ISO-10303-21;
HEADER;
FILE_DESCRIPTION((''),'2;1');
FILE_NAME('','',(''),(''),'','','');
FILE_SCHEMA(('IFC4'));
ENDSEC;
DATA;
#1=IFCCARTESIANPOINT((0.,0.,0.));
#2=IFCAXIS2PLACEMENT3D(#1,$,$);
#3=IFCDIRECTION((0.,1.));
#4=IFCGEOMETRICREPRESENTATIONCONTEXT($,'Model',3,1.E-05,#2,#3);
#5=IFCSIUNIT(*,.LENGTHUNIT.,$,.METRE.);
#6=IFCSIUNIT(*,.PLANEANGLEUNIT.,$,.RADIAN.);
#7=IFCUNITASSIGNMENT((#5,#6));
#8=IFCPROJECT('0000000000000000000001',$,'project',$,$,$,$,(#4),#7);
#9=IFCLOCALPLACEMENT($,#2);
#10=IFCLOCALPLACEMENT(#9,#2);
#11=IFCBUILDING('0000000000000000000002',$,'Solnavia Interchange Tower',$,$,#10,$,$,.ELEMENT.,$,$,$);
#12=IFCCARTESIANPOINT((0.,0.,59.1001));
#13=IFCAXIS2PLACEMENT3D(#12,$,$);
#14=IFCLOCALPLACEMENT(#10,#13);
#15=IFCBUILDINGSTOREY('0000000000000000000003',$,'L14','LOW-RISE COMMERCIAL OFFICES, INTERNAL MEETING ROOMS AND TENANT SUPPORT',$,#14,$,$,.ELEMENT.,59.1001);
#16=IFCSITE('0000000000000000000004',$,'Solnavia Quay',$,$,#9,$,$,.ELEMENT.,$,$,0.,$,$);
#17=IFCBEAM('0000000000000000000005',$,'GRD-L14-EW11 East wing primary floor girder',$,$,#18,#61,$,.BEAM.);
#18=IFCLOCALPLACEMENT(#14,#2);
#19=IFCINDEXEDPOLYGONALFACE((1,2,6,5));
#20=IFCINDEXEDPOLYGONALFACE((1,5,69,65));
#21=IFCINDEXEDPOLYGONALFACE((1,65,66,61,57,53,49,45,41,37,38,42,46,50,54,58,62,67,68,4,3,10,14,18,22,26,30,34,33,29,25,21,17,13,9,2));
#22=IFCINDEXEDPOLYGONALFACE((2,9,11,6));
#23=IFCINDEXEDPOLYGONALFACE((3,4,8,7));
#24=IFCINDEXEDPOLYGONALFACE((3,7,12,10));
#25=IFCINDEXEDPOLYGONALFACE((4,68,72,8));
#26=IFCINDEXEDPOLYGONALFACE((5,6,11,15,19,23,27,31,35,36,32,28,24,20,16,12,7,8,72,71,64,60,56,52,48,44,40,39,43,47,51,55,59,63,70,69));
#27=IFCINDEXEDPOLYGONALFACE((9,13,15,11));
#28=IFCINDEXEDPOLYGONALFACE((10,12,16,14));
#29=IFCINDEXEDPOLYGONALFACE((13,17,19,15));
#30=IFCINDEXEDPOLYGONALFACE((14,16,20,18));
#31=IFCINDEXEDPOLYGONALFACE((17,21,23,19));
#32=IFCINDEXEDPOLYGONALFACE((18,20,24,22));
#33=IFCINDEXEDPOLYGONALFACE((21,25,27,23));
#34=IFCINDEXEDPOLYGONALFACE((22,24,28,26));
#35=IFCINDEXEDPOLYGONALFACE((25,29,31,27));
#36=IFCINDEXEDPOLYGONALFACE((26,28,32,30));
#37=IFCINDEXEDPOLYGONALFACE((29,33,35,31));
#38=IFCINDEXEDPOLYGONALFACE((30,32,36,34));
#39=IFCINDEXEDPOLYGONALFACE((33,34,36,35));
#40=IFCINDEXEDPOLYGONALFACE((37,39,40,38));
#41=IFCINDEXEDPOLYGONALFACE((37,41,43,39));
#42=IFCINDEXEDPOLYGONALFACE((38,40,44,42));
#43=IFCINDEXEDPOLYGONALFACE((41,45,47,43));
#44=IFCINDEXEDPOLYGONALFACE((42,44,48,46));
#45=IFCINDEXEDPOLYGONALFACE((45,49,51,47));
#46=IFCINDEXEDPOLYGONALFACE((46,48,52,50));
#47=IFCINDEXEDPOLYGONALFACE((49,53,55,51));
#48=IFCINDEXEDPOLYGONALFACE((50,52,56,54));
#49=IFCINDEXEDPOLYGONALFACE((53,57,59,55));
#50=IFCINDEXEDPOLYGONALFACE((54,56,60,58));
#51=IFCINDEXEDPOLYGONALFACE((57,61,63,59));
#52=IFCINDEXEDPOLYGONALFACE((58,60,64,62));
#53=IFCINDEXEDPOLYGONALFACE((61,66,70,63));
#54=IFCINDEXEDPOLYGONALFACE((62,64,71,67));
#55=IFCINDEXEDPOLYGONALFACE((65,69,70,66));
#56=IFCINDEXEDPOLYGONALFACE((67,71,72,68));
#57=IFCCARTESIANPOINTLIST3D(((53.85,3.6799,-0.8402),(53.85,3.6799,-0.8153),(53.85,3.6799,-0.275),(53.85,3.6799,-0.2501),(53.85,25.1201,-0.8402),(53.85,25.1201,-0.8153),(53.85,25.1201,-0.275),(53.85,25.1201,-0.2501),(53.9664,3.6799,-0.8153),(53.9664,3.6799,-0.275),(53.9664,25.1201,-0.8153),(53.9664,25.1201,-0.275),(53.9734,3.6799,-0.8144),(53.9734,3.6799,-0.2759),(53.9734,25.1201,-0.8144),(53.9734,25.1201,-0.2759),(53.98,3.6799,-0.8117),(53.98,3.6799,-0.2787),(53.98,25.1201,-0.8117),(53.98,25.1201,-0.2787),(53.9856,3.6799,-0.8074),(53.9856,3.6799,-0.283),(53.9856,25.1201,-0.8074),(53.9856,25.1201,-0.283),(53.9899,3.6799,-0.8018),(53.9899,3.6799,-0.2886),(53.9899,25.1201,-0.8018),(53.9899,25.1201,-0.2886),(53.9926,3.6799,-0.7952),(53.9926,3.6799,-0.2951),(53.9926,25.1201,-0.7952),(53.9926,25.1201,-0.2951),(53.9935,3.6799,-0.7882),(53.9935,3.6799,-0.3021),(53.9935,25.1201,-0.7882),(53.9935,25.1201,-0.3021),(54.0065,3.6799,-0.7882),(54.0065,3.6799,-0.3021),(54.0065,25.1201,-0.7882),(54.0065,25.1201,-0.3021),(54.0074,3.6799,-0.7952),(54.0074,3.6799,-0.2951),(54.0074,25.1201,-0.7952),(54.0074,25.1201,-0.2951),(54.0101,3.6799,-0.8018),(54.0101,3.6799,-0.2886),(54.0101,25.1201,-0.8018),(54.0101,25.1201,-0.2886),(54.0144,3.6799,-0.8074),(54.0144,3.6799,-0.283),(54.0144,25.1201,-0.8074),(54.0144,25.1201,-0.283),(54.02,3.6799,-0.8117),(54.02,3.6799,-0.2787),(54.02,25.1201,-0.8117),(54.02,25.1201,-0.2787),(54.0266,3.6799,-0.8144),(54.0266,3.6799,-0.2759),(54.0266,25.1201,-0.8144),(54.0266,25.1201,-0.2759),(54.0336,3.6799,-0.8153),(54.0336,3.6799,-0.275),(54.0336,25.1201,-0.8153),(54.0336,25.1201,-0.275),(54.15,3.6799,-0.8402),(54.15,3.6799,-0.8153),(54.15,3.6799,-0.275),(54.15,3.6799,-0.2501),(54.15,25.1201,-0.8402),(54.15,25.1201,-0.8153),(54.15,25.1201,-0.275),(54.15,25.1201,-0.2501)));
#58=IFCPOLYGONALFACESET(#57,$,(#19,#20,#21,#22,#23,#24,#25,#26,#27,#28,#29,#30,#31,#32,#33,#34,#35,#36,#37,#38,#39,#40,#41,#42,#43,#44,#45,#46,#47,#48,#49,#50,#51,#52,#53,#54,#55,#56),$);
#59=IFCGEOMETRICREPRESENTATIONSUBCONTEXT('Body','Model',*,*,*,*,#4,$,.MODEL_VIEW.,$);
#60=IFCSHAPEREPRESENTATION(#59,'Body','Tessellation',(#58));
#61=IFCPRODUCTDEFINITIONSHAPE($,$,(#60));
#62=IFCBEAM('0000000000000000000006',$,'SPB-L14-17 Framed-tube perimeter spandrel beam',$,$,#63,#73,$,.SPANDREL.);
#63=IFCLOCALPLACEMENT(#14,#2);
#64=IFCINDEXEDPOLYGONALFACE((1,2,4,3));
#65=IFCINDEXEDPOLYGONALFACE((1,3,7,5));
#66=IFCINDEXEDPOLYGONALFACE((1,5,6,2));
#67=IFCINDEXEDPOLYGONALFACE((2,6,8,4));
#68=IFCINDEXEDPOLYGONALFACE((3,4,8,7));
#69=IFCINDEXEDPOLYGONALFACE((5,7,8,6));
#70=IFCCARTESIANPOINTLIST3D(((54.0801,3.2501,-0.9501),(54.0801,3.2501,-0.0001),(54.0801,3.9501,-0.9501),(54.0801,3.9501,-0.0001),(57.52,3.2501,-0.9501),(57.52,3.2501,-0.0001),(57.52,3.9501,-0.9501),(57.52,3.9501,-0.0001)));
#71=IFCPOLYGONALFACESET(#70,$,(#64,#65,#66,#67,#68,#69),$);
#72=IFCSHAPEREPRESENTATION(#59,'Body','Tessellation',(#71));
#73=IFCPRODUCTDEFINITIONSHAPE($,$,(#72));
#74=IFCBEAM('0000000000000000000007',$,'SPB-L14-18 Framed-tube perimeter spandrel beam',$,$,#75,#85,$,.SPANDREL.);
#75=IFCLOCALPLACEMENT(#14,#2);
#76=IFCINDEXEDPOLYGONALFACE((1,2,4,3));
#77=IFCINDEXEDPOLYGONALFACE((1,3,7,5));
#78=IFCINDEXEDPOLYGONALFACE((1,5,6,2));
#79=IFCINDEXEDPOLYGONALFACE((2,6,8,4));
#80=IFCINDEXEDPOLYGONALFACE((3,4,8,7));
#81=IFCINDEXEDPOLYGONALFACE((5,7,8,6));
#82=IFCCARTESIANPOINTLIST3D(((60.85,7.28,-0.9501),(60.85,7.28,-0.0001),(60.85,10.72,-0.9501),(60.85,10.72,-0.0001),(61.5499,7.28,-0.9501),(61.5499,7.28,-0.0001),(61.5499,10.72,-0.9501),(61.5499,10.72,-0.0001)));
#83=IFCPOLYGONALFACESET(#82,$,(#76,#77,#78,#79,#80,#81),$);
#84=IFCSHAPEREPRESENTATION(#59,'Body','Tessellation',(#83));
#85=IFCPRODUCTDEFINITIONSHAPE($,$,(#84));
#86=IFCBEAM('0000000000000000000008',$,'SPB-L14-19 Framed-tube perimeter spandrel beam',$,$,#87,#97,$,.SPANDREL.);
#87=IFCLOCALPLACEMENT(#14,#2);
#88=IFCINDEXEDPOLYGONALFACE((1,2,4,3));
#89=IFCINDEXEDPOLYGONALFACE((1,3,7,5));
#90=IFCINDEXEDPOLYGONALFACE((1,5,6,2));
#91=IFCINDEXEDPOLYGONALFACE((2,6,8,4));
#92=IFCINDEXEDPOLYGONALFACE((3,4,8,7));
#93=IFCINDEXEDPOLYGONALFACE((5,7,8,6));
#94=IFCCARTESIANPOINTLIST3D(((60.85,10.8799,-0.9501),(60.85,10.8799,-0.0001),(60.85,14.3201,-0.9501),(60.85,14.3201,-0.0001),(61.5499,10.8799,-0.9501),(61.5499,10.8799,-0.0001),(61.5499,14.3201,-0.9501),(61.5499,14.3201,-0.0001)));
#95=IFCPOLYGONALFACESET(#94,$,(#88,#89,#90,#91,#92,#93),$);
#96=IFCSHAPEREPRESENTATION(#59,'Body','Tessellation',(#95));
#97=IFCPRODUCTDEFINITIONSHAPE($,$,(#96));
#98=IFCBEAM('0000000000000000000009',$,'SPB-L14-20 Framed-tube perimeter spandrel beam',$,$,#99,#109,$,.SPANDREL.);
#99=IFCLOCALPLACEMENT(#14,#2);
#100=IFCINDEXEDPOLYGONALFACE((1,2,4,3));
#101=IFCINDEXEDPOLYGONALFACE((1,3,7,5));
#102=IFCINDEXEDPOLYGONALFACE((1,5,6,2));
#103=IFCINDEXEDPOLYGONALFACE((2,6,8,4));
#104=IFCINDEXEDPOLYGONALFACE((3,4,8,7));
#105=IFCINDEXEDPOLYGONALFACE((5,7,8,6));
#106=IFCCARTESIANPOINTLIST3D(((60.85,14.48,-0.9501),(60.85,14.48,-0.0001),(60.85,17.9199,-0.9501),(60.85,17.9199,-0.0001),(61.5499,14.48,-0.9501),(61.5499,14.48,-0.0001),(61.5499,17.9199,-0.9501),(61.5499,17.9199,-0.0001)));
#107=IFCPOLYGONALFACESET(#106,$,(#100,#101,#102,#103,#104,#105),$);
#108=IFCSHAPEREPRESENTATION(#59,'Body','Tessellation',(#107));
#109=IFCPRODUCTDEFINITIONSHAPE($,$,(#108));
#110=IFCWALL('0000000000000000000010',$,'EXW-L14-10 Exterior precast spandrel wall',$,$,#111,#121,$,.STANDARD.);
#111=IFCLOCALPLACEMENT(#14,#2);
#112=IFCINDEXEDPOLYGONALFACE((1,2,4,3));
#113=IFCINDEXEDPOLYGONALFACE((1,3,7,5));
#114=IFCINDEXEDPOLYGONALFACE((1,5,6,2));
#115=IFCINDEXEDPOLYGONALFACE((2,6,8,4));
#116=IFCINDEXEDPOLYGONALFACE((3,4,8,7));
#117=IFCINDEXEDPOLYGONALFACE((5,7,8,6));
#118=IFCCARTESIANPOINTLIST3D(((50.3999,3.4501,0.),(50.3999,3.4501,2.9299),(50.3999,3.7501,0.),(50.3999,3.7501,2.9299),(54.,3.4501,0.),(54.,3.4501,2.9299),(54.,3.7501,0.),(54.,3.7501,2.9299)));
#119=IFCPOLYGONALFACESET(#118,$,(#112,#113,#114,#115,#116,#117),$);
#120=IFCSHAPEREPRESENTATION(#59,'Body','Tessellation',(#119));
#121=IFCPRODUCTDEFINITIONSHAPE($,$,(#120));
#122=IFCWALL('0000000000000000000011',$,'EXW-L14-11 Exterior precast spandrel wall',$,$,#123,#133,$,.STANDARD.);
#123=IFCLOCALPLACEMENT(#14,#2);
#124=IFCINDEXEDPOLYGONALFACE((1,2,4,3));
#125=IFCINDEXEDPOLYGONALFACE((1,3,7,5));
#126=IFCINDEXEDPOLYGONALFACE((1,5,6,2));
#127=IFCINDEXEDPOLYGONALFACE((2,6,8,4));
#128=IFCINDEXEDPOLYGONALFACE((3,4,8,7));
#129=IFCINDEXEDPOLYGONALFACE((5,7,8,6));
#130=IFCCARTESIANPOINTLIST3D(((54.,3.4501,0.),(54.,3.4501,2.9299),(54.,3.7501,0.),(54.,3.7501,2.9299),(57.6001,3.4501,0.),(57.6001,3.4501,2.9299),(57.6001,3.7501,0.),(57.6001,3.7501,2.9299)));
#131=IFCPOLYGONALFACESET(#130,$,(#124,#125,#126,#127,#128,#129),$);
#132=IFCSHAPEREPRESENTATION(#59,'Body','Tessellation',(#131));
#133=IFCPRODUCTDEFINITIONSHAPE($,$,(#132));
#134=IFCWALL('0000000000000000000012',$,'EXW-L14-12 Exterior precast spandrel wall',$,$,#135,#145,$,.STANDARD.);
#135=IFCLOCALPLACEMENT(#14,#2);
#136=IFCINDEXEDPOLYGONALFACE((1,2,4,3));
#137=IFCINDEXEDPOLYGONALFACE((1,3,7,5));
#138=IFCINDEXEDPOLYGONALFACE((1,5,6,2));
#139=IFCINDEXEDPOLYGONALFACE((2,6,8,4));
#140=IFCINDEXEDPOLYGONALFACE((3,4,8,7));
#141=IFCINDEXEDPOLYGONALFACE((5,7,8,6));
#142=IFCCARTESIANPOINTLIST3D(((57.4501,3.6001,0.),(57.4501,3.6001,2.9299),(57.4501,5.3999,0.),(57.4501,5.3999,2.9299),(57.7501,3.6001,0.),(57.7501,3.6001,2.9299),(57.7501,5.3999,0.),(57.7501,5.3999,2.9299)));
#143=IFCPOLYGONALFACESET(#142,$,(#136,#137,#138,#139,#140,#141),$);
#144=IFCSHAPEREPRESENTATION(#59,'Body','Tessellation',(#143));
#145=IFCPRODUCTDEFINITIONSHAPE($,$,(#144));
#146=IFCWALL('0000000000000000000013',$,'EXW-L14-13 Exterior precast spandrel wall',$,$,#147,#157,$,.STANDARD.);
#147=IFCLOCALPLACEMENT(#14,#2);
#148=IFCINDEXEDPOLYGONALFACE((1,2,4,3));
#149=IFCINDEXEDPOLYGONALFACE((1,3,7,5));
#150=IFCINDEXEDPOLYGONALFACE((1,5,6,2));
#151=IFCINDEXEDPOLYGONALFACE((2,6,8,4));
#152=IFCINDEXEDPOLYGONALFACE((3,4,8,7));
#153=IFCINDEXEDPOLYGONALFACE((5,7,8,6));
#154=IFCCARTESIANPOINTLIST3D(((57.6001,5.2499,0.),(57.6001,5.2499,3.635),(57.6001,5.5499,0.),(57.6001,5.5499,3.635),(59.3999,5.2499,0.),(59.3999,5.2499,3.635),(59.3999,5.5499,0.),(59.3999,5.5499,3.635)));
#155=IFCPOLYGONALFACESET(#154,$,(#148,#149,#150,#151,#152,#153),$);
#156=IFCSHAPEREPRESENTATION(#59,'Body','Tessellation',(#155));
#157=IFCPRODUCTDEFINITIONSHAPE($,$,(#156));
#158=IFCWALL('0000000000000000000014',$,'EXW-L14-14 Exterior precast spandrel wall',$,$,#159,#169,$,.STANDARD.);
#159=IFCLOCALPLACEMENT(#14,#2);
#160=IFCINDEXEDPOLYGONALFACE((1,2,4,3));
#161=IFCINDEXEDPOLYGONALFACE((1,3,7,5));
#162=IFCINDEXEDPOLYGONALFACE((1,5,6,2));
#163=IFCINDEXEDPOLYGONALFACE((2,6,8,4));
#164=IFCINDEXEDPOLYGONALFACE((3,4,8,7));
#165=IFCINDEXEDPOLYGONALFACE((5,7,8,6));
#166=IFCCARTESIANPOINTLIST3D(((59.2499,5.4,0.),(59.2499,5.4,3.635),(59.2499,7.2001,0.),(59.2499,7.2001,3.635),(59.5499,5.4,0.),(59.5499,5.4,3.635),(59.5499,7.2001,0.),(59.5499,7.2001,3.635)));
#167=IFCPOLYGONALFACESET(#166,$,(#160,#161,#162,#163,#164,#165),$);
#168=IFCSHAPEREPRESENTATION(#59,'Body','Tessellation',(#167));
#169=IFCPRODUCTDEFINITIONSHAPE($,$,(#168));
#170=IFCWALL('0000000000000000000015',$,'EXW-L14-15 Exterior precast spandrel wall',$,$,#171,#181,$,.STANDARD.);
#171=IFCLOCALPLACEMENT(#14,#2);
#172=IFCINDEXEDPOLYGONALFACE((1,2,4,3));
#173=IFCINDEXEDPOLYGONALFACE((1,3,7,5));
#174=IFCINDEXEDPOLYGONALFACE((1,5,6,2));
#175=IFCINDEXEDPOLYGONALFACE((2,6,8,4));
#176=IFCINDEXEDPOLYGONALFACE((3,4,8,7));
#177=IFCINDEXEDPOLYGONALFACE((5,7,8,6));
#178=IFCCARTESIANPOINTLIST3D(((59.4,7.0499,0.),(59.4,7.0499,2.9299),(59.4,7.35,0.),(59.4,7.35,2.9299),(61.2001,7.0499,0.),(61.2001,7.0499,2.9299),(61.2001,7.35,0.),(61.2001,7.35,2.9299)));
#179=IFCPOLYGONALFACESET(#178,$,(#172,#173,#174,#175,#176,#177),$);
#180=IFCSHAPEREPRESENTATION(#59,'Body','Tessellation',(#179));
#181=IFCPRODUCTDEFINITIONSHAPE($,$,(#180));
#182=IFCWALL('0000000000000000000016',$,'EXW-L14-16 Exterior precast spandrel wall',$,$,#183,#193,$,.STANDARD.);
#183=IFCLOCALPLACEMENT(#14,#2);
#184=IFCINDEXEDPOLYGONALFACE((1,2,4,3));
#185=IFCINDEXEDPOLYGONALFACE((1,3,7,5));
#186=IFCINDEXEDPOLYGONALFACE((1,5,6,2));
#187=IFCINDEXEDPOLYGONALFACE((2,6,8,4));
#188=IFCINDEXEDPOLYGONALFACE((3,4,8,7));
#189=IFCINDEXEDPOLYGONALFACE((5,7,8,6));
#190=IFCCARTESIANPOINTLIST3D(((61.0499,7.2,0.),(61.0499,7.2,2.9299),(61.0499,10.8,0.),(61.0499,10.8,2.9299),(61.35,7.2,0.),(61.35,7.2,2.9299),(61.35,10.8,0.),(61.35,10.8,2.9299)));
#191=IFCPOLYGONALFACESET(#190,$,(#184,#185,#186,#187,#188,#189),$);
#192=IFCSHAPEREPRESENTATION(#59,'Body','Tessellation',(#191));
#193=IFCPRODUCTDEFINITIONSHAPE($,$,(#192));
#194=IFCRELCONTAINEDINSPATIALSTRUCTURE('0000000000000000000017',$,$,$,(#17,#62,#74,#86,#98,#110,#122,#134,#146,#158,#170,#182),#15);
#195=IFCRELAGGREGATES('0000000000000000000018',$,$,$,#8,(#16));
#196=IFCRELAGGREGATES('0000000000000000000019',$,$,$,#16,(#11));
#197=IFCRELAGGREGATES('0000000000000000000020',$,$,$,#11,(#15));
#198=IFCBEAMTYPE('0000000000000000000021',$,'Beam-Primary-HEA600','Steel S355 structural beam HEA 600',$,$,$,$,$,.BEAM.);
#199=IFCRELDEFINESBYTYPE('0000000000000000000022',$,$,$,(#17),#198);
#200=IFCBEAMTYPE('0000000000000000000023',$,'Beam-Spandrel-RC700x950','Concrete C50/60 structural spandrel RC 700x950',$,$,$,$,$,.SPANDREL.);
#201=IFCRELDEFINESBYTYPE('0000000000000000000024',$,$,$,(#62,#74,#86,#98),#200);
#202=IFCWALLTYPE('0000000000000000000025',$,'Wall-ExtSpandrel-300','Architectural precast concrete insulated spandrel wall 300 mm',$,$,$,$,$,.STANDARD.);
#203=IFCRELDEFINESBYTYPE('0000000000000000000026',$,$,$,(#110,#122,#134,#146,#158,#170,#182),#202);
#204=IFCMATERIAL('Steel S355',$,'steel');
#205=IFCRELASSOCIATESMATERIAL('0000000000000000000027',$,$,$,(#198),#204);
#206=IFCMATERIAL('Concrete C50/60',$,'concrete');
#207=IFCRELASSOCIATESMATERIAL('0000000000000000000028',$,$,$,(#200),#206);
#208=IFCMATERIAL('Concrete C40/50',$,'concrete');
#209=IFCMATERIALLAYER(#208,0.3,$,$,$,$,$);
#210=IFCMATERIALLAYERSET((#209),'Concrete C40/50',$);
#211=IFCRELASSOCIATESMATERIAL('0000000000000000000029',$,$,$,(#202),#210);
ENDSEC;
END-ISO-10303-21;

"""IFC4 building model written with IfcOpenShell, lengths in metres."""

from ifc_helpers import new_model, si_unit, direction, frame, frame_2d, origin, origin_2d, place, context, subcontext, project, spatial, rectangle, i_section, extrude, material, layer, layer_set, material_profile, profile_set, type_object, element, save


model = new_model("IFC4")

# Units and contexts
model_context = context("Model", 3, precision=1e-05, world=origin(), true_north=direction((0.0, 1.0)))
body_context = subcontext(model_context, "Body", "Model", "MODEL_VIEW")
ifc_project = project(units=[si_unit("LENGTHUNIT", "METRE"), si_unit("PLANEANGLEUNIT", "RADIAN")], contexts=[model_context])

# Site, building, storey
site_placement = place(None, origin())
site = spatial("IfcSite", under=ifc_project, at=site_placement, Name="Solnavia Quay", CompositionType="ELEMENT", RefElevation=0.0)
building_placement = place(site_placement, origin())
building = spatial("IfcBuilding", under=site, at=building_placement, Name="Solnavia Interchange Tower", CompositionType="ELEMENT")
storey_placement = place(building_placement, frame((0.0, 0.0, 59.1001)))
storey = spatial("IfcBuildingStorey", under=building, at=storey_placement, Name="L14", Description="LOW-RISE COMMERCIAL OFFICES, INTERNAL MEETING ROOMS AND TENANT SUPPORT", CompositionType="ELEMENT", Elevation=59.1001)

# Beams
ifc_material_1 = material(Name="Steel S355", Category="steel")
ifc_material_profile_1 = material_profile(ifc_material_1, i_section(OverallWidth=0.3, OverallDepth=0.5901, WebThickness=0.0129, FlangeThickness=0.0249, FilletRadius=0.0271, at=origin_2d()), Name="HEA 600")
ifc_profile_set_1 = profile_set([ifc_material_profile_1], Name="Steel S355")
beam_type_1 = type_object("IfcBeamType", Name="Beam-Primary-HEA600", Description="Steel S355 structural beam HEA 600", PredefinedType="BEAM", material=ifc_profile_set_1)
beam_1_placement = place(storey_placement, frame((54.0, 3.6799, -0.5452), z_axis=(0.0, 1.0, 0.0), x_axis=(-1.0, 0.0, 0.0)))
element("IfcBeam", 1, at=beam_1_placement, inside=storey, type_object=beam_type_1, Name="GRD-L14-EW11 East wing primary floor girder", PredefinedType="BEAM", context=body_context, shape_type="SweptSolid", body=[
    extrude(i_section(OverallWidth=0.3, OverallDepth=0.5901, WebThickness=0.0129, FlangeThickness=0.0249, FilletRadius=0.0271, at=origin_2d()), origin(), (0.0, 0.0, 1.0), 21.4402),
])
ifc_material_2 = material(Name="Concrete C50/60", Category="concrete")
ifc_material_profile_2 = material_profile(ifc_material_2, rectangle(XDim=0.7, YDim=0.95, at=origin_2d()), Name="RC 700x950")
ifc_profile_set_2 = profile_set([ifc_material_profile_2], Name="Concrete C50/60")
beam_type_2 = type_object("IfcBeamType", Name="Beam-Spandrel-RC700x950", Description="Concrete C50/60 structural spandrel RC 700x950", PredefinedType="SPANDREL", material=ifc_profile_set_2)
for number, where, z_axis, x_axis, name in (
    (2, (54.0801, 3.6001, -0.4751), (1.0, 0.0, 0.0), (0.0, 1.0, 0.0), "SPB-L14-17 Framed-tube perimeter spandrel beam"),
    (3, (61.2, 7.28, -0.4751), (0.0, 1.0, 0.0), (-1.0, 0.0, 0.0), "SPB-L14-18 Framed-tube perimeter spandrel beam"),
):
    element("IfcBeam", number, at=place(storey_placement, frame(where, z_axis=z_axis, x_axis=x_axis)), inside=storey, type_object=beam_type_2, Name=name, PredefinedType="SPANDREL", context=body_context, shape_type="SweptSolid", body=[
        extrude(rectangle(XDim=0.7, YDim=0.95, at=origin_2d()), origin(), (0.0, 0.0, 1.0), 3.4399),
    ])
beam_2_placement = place(storey_placement, frame((61.2, 10.8799, -0.4751), z_axis=(0.0, 1.0, 0.0), x_axis=(-1.0, 0.0, 0.0)))
element("IfcBeam", 4, at=beam_2_placement, inside=storey, type_object=beam_type_2, Name="SPB-L14-19 Framed-tube perimeter spandrel beam", PredefinedType="SPANDREL", context=body_context, shape_type="SweptSolid", body=[
    extrude(rectangle(XDim=0.7, YDim=0.95, at=origin_2d()), origin(), (0.0, 0.0, 1.0), 3.4402),
])
beam_3_placement = place(storey_placement, frame((61.2, 14.48, -0.4751), z_axis=(0.0, 1.0, 0.0), x_axis=(-1.0, 0.0, 0.0)))
element("IfcBeam", 5, at=beam_3_placement, inside=storey, type_object=beam_type_2, Name="SPB-L14-20 Framed-tube perimeter spandrel beam", PredefinedType="SPANDREL", context=body_context, shape_type="SweptSolid", body=[
    extrude(rectangle(XDim=0.7, YDim=0.95, at=origin_2d()), origin(), (0.0, 0.0, 1.0), 3.4399),
])

# Walls
ifc_material_3 = material(Name="Concrete C40/50", Category="concrete")
ifc_layer_1 = layer(ifc_material_3, 0.3)
ifc_layer_set_1 = layer_set([ifc_layer_1], Name="Concrete C40/50")
wall_type_1 = type_object("IfcWallType", Name="Wall-ExtSpandrel-300", Description="Architectural precast concrete insulated spandrel wall 300 mm", PredefinedType="STANDARD", material=ifc_layer_set_1)
for number, where, z_axis, x_axis, name in (
    (6, (54.0, 3.6001, 0.0), (0.0, 0.0, 1.0), (-1.0, 0.0, 0.0), "EXW-L14-10 Exterior precast spandrel wall"),
    (7, (57.6001, 3.6001, 0.0), (0.0, 0.0, 1.0), (-1.0, 0.0, 0.0), "EXW-L14-11 Exterior precast spandrel wall"),
):
    element("IfcWall", number, at=place(storey_placement, frame(where, z_axis=z_axis, x_axis=x_axis)), inside=storey, type_object=wall_type_1, Name=name, PredefinedType="STANDARD", context=body_context, shape_type="SweptSolid", body=[
        extrude(rectangle(XDim=3.6001, YDim=0.3, at=frame_2d((1.8, 0.0))), origin(), (0.0, 0.0, 1.0), 2.9299),
    ])
wall_1_placement = place(storey_placement, frame((57.6001, 5.3999, 0.0), z_axis=(0.0, 0.0, 1.0), x_axis=(0.0, -1.0, 0.0)))
element("IfcWall", 8, at=wall_1_placement, inside=storey, type_object=wall_type_1, Name="EXW-L14-12 Exterior precast spandrel wall", PredefinedType="STANDARD", context=body_context, shape_type="SweptSolid", body=[
    extrude(rectangle(XDim=1.7998, YDim=0.3, at=frame_2d((0.8999, 0.0))), origin(), (0.0, 0.0, 1.0), 2.9299),
])
wall_2_placement = place(storey_placement, frame((59.3999, 5.3999, 0.0), z_axis=(0.0, 0.0, 1.0), x_axis=(-1.0, 0.0, 0.0)))
element("IfcWall", 9, at=wall_2_placement, inside=storey, type_object=wall_type_1, Name="EXW-L14-13 Exterior precast spandrel wall", PredefinedType="STANDARD", context=body_context, shape_type="SweptSolid", body=[
    extrude(rectangle(XDim=1.7998, YDim=0.3, at=frame_2d((0.8999, 0.0))), origin(), (0.0, 0.0, 1.0), 3.635),
])
wall_3_placement = place(storey_placement, frame((59.3999, 7.2, 0.0), z_axis=(0.0, 0.0, 1.0), x_axis=(0.0, -1.0, 0.0)))
element("IfcWall", 10, at=wall_3_placement, inside=storey, type_object=wall_type_1, Name="EXW-L14-14 Exterior precast spandrel wall", PredefinedType="STANDARD", context=body_context, shape_type="SweptSolid", body=[
    extrude(rectangle(XDim=1.8, YDim=0.3, at=frame_2d((0.8999, 0.0))), origin(), (0.0, 0.0, 1.0), 3.635),
])
wall_4_placement = place(storey_placement, frame((61.2, 7.2, 0.0), z_axis=(0.0, 0.0, 1.0), x_axis=(-1.0, 0.0, 0.0)))
element("IfcWall", 11, at=wall_4_placement, inside=storey, type_object=wall_type_1, Name="EXW-L14-15 Exterior precast spandrel wall", PredefinedType="STANDARD", context=body_context, shape_type="SweptSolid", body=[
    extrude(rectangle(XDim=1.8, YDim=0.3, at=frame_2d((0.8999, 0.0))), origin(), (0.0, 0.0, 1.0), 2.9299),
])
wall_5_placement = place(storey_placement, frame((61.2, 10.8, 0.0), z_axis=(0.0, 0.0, 1.0), x_axis=(0.0, -1.0, 0.0)))
element("IfcWall", 12, at=wall_5_placement, inside=storey, type_object=wall_type_1, Name="EXW-L14-16 Exterior precast spandrel wall", PredefinedType="STANDARD", context=body_context, shape_type="SweptSolid", body=[
    extrude(rectangle(XDim=3.6001, YDim=0.3, at=frame_2d((1.8, 0.0))), origin(), (0.0, 0.0, 1.0), 2.9299),
])

save(model, "model.ifc")
